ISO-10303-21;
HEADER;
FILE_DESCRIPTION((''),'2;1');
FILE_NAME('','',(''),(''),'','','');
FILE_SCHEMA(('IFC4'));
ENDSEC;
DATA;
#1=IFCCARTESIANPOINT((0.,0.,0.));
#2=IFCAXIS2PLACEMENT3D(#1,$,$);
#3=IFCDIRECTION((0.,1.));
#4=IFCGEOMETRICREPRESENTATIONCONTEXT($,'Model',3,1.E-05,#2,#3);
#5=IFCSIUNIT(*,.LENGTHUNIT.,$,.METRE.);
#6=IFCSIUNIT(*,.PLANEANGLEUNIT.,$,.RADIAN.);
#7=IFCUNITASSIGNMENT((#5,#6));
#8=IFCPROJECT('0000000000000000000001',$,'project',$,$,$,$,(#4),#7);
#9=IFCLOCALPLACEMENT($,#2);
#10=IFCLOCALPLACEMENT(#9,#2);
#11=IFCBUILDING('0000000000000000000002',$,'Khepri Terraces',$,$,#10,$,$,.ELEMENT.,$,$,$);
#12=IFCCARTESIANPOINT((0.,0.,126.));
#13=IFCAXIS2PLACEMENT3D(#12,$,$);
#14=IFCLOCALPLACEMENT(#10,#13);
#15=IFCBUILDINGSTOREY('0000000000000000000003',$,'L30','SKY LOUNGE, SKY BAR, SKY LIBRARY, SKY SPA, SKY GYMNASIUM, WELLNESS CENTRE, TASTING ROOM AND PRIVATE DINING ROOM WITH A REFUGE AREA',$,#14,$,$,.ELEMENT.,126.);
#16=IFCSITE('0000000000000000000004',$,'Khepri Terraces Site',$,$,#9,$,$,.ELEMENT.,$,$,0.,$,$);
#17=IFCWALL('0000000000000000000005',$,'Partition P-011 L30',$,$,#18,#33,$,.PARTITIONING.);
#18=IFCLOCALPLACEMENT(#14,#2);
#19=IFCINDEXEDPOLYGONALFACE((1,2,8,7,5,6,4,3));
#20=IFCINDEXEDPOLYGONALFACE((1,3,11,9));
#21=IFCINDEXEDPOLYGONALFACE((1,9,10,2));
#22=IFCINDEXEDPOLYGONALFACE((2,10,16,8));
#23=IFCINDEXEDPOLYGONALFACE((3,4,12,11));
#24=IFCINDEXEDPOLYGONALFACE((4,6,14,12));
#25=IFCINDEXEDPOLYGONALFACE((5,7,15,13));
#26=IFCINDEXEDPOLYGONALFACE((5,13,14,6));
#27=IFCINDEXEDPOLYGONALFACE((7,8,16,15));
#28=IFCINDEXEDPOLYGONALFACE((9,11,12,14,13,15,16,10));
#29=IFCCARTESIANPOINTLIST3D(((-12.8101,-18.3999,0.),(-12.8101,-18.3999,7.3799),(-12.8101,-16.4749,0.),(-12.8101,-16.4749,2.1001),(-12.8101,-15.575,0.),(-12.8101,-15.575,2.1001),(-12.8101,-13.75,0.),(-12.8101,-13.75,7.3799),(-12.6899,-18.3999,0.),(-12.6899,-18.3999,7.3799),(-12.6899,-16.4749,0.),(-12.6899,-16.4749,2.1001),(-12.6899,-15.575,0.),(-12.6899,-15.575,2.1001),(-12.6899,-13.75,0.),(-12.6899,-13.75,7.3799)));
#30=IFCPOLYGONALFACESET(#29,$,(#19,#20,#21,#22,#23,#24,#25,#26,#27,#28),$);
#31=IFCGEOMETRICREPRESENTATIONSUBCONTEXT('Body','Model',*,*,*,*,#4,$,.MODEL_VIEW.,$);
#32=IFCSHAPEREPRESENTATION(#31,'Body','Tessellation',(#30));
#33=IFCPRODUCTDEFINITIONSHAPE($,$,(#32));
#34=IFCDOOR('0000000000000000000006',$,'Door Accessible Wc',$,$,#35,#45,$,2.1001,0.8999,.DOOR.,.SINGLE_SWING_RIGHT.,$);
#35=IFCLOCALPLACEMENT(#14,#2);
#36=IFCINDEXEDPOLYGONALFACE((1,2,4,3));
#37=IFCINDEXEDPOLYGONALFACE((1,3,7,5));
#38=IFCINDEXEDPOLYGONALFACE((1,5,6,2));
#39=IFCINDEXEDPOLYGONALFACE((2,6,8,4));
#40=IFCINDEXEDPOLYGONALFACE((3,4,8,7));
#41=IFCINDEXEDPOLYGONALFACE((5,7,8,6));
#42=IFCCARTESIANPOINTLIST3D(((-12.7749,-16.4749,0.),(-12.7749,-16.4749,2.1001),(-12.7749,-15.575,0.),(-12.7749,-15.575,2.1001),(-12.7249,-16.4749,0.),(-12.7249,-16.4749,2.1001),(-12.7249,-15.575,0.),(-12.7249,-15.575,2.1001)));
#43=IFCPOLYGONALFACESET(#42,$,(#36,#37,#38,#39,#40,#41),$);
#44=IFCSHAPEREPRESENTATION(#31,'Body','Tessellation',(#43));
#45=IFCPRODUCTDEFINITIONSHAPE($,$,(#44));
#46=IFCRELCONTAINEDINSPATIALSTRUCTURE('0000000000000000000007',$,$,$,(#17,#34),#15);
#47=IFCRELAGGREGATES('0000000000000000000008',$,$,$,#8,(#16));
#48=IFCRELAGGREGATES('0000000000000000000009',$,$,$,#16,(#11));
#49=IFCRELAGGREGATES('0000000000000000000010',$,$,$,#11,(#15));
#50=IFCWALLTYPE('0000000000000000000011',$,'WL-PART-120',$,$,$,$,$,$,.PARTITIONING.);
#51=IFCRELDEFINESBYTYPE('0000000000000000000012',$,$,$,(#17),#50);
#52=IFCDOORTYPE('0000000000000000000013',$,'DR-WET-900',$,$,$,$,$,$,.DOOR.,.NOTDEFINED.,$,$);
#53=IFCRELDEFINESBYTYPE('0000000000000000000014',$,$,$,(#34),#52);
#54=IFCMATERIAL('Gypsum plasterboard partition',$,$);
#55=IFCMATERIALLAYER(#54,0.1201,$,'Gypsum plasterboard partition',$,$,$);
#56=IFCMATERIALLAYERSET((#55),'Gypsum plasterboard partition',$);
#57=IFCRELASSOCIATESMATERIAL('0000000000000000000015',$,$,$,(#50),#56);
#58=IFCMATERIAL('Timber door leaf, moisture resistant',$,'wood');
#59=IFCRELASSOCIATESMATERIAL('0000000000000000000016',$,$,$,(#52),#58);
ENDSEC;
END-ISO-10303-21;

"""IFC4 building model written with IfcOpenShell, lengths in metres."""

from ifc_helpers import new_model, si_unit, direction, frame, frame_2d, origin, place, context, subcontext, project, spatial, rectangle, extrude, material, layer, layer_set, type_object, element, fill, save


model = new_model("IFC4")

# Units and contexts
model_context = context("Model", 3, precision=1e-05, world=origin(), true_north=direction((0.0, 1.0)))
body_context = subcontext(model_context, "Body", "Model", "MODEL_VIEW")
ifc_project = project(units=[si_unit("LENGTHUNIT", "METRE"), si_unit("PLANEANGLEUNIT", "RADIAN")], contexts=[model_context])

# Site, building, storey
site_placement = place(None, origin())
site = spatial("IfcSite", under=ifc_project, at=site_placement, Name="Khepri Terraces Site", CompositionType="ELEMENT", RefElevation=0.0)
building_placement = place(site_placement, origin())
building = spatial("IfcBuilding", under=site, at=building_placement, Name="Khepri Terraces", CompositionType="ELEMENT")
storey_placement = place(building_placement, frame((0.0, 0.0, 126.0)))
storey = spatial("IfcBuildingStorey", under=building, at=storey_placement, Name="L30", Description="SKY LOUNGE, SKY BAR, SKY LIBRARY, SKY SPA, SKY GYMNASIUM, WELLNESS CENTRE, TASTING ROOM AND PRIVATE DINING ROOM WITH A REFUGE AREA", CompositionType="ELEMENT", Elevation=126.0)

# Wall, opening, door
ifc_material_1 = material(Name="Gypsum plasterboard partition")
ifc_layer_1 = layer(ifc_material_1, 0.1201, Name="Gypsum plasterboard partition")
ifc_layer_set_1 = layer_set([ifc_layer_1], Name="Gypsum plasterboard partition")
wall_type_1 = type_object("IfcWallType", Name="WL-PART-120", PredefinedType="PARTITIONING", material=ifc_layer_set_1)
wall_1_placement = place(storey_placement, frame((-12.75, -18.3999, 0.0), z_axis=(0.0, 0.0, 1.0), x_axis=(0.0, 1.0, 0.0)))
wall_1 = element("IfcWall", 1, at=wall_1_placement, inside=storey, type_object=wall_type_1, Name="Partition P-011 L30", PredefinedType="PARTITIONING", context=body_context, shape_type="SweptSolid", body=[
    extrude(rectangle(XDim=4.6499, YDim=0.1201, at=frame_2d((2.325, 0.0))), origin(), (0.0, 0.0, 1.0), 7.3799),
])
opening_placement = place(wall_1_placement, frame((1.925, 0.0, 0.0)))
opening = element("IfcOpeningElement", 2, at=opening_placement, cuts=wall_1, PredefinedType="OPENING", context=body_context, shape_type="SweptSolid", body=[
    extrude(rectangle(XDim=0.8999, YDim=2.1001, at=frame_2d((0.45, 1.05))), frame((0.0, 0.0701, 0.0), z_axis=(0.0, -1.0, 0.0), x_axis=(1.0, 0.0, 0.0)), (0.0, 0.0, 1.0), 0.1401),
])
ifc_material_2 = material(Name="Timber door leaf, moisture resistant", Category="wood")
door_type = type_object("IfcDoorType", Name="DR-WET-900", OperationType="NOTDEFINED", PredefinedType="DOOR", material=ifc_material_2)
door_placement = place(opening_placement, origin())
door = element("IfcDoor", 3, at=door_placement, inside=storey, type_object=door_type, Name="Door Accessible Wc", OperationType="SINGLE_SWING_RIGHT", OverallHeight=2.1001, OverallWidth=0.8999, PredefinedType="DOOR", context=body_context, shape_type="SweptSolid", body=[
    extrude(rectangle(XDim=0.8999, YDim=2.1001, at=frame_2d((0.45, 1.05))), frame((0.0, 0.0249, 0.0), z_axis=(0.0, -1.0, 0.0), x_axis=(1.0, 0.0, 0.0)), (0.0, 0.0, 1.0), 0.05),
])
fill(opening, door)

save(model, "model.ifc")
